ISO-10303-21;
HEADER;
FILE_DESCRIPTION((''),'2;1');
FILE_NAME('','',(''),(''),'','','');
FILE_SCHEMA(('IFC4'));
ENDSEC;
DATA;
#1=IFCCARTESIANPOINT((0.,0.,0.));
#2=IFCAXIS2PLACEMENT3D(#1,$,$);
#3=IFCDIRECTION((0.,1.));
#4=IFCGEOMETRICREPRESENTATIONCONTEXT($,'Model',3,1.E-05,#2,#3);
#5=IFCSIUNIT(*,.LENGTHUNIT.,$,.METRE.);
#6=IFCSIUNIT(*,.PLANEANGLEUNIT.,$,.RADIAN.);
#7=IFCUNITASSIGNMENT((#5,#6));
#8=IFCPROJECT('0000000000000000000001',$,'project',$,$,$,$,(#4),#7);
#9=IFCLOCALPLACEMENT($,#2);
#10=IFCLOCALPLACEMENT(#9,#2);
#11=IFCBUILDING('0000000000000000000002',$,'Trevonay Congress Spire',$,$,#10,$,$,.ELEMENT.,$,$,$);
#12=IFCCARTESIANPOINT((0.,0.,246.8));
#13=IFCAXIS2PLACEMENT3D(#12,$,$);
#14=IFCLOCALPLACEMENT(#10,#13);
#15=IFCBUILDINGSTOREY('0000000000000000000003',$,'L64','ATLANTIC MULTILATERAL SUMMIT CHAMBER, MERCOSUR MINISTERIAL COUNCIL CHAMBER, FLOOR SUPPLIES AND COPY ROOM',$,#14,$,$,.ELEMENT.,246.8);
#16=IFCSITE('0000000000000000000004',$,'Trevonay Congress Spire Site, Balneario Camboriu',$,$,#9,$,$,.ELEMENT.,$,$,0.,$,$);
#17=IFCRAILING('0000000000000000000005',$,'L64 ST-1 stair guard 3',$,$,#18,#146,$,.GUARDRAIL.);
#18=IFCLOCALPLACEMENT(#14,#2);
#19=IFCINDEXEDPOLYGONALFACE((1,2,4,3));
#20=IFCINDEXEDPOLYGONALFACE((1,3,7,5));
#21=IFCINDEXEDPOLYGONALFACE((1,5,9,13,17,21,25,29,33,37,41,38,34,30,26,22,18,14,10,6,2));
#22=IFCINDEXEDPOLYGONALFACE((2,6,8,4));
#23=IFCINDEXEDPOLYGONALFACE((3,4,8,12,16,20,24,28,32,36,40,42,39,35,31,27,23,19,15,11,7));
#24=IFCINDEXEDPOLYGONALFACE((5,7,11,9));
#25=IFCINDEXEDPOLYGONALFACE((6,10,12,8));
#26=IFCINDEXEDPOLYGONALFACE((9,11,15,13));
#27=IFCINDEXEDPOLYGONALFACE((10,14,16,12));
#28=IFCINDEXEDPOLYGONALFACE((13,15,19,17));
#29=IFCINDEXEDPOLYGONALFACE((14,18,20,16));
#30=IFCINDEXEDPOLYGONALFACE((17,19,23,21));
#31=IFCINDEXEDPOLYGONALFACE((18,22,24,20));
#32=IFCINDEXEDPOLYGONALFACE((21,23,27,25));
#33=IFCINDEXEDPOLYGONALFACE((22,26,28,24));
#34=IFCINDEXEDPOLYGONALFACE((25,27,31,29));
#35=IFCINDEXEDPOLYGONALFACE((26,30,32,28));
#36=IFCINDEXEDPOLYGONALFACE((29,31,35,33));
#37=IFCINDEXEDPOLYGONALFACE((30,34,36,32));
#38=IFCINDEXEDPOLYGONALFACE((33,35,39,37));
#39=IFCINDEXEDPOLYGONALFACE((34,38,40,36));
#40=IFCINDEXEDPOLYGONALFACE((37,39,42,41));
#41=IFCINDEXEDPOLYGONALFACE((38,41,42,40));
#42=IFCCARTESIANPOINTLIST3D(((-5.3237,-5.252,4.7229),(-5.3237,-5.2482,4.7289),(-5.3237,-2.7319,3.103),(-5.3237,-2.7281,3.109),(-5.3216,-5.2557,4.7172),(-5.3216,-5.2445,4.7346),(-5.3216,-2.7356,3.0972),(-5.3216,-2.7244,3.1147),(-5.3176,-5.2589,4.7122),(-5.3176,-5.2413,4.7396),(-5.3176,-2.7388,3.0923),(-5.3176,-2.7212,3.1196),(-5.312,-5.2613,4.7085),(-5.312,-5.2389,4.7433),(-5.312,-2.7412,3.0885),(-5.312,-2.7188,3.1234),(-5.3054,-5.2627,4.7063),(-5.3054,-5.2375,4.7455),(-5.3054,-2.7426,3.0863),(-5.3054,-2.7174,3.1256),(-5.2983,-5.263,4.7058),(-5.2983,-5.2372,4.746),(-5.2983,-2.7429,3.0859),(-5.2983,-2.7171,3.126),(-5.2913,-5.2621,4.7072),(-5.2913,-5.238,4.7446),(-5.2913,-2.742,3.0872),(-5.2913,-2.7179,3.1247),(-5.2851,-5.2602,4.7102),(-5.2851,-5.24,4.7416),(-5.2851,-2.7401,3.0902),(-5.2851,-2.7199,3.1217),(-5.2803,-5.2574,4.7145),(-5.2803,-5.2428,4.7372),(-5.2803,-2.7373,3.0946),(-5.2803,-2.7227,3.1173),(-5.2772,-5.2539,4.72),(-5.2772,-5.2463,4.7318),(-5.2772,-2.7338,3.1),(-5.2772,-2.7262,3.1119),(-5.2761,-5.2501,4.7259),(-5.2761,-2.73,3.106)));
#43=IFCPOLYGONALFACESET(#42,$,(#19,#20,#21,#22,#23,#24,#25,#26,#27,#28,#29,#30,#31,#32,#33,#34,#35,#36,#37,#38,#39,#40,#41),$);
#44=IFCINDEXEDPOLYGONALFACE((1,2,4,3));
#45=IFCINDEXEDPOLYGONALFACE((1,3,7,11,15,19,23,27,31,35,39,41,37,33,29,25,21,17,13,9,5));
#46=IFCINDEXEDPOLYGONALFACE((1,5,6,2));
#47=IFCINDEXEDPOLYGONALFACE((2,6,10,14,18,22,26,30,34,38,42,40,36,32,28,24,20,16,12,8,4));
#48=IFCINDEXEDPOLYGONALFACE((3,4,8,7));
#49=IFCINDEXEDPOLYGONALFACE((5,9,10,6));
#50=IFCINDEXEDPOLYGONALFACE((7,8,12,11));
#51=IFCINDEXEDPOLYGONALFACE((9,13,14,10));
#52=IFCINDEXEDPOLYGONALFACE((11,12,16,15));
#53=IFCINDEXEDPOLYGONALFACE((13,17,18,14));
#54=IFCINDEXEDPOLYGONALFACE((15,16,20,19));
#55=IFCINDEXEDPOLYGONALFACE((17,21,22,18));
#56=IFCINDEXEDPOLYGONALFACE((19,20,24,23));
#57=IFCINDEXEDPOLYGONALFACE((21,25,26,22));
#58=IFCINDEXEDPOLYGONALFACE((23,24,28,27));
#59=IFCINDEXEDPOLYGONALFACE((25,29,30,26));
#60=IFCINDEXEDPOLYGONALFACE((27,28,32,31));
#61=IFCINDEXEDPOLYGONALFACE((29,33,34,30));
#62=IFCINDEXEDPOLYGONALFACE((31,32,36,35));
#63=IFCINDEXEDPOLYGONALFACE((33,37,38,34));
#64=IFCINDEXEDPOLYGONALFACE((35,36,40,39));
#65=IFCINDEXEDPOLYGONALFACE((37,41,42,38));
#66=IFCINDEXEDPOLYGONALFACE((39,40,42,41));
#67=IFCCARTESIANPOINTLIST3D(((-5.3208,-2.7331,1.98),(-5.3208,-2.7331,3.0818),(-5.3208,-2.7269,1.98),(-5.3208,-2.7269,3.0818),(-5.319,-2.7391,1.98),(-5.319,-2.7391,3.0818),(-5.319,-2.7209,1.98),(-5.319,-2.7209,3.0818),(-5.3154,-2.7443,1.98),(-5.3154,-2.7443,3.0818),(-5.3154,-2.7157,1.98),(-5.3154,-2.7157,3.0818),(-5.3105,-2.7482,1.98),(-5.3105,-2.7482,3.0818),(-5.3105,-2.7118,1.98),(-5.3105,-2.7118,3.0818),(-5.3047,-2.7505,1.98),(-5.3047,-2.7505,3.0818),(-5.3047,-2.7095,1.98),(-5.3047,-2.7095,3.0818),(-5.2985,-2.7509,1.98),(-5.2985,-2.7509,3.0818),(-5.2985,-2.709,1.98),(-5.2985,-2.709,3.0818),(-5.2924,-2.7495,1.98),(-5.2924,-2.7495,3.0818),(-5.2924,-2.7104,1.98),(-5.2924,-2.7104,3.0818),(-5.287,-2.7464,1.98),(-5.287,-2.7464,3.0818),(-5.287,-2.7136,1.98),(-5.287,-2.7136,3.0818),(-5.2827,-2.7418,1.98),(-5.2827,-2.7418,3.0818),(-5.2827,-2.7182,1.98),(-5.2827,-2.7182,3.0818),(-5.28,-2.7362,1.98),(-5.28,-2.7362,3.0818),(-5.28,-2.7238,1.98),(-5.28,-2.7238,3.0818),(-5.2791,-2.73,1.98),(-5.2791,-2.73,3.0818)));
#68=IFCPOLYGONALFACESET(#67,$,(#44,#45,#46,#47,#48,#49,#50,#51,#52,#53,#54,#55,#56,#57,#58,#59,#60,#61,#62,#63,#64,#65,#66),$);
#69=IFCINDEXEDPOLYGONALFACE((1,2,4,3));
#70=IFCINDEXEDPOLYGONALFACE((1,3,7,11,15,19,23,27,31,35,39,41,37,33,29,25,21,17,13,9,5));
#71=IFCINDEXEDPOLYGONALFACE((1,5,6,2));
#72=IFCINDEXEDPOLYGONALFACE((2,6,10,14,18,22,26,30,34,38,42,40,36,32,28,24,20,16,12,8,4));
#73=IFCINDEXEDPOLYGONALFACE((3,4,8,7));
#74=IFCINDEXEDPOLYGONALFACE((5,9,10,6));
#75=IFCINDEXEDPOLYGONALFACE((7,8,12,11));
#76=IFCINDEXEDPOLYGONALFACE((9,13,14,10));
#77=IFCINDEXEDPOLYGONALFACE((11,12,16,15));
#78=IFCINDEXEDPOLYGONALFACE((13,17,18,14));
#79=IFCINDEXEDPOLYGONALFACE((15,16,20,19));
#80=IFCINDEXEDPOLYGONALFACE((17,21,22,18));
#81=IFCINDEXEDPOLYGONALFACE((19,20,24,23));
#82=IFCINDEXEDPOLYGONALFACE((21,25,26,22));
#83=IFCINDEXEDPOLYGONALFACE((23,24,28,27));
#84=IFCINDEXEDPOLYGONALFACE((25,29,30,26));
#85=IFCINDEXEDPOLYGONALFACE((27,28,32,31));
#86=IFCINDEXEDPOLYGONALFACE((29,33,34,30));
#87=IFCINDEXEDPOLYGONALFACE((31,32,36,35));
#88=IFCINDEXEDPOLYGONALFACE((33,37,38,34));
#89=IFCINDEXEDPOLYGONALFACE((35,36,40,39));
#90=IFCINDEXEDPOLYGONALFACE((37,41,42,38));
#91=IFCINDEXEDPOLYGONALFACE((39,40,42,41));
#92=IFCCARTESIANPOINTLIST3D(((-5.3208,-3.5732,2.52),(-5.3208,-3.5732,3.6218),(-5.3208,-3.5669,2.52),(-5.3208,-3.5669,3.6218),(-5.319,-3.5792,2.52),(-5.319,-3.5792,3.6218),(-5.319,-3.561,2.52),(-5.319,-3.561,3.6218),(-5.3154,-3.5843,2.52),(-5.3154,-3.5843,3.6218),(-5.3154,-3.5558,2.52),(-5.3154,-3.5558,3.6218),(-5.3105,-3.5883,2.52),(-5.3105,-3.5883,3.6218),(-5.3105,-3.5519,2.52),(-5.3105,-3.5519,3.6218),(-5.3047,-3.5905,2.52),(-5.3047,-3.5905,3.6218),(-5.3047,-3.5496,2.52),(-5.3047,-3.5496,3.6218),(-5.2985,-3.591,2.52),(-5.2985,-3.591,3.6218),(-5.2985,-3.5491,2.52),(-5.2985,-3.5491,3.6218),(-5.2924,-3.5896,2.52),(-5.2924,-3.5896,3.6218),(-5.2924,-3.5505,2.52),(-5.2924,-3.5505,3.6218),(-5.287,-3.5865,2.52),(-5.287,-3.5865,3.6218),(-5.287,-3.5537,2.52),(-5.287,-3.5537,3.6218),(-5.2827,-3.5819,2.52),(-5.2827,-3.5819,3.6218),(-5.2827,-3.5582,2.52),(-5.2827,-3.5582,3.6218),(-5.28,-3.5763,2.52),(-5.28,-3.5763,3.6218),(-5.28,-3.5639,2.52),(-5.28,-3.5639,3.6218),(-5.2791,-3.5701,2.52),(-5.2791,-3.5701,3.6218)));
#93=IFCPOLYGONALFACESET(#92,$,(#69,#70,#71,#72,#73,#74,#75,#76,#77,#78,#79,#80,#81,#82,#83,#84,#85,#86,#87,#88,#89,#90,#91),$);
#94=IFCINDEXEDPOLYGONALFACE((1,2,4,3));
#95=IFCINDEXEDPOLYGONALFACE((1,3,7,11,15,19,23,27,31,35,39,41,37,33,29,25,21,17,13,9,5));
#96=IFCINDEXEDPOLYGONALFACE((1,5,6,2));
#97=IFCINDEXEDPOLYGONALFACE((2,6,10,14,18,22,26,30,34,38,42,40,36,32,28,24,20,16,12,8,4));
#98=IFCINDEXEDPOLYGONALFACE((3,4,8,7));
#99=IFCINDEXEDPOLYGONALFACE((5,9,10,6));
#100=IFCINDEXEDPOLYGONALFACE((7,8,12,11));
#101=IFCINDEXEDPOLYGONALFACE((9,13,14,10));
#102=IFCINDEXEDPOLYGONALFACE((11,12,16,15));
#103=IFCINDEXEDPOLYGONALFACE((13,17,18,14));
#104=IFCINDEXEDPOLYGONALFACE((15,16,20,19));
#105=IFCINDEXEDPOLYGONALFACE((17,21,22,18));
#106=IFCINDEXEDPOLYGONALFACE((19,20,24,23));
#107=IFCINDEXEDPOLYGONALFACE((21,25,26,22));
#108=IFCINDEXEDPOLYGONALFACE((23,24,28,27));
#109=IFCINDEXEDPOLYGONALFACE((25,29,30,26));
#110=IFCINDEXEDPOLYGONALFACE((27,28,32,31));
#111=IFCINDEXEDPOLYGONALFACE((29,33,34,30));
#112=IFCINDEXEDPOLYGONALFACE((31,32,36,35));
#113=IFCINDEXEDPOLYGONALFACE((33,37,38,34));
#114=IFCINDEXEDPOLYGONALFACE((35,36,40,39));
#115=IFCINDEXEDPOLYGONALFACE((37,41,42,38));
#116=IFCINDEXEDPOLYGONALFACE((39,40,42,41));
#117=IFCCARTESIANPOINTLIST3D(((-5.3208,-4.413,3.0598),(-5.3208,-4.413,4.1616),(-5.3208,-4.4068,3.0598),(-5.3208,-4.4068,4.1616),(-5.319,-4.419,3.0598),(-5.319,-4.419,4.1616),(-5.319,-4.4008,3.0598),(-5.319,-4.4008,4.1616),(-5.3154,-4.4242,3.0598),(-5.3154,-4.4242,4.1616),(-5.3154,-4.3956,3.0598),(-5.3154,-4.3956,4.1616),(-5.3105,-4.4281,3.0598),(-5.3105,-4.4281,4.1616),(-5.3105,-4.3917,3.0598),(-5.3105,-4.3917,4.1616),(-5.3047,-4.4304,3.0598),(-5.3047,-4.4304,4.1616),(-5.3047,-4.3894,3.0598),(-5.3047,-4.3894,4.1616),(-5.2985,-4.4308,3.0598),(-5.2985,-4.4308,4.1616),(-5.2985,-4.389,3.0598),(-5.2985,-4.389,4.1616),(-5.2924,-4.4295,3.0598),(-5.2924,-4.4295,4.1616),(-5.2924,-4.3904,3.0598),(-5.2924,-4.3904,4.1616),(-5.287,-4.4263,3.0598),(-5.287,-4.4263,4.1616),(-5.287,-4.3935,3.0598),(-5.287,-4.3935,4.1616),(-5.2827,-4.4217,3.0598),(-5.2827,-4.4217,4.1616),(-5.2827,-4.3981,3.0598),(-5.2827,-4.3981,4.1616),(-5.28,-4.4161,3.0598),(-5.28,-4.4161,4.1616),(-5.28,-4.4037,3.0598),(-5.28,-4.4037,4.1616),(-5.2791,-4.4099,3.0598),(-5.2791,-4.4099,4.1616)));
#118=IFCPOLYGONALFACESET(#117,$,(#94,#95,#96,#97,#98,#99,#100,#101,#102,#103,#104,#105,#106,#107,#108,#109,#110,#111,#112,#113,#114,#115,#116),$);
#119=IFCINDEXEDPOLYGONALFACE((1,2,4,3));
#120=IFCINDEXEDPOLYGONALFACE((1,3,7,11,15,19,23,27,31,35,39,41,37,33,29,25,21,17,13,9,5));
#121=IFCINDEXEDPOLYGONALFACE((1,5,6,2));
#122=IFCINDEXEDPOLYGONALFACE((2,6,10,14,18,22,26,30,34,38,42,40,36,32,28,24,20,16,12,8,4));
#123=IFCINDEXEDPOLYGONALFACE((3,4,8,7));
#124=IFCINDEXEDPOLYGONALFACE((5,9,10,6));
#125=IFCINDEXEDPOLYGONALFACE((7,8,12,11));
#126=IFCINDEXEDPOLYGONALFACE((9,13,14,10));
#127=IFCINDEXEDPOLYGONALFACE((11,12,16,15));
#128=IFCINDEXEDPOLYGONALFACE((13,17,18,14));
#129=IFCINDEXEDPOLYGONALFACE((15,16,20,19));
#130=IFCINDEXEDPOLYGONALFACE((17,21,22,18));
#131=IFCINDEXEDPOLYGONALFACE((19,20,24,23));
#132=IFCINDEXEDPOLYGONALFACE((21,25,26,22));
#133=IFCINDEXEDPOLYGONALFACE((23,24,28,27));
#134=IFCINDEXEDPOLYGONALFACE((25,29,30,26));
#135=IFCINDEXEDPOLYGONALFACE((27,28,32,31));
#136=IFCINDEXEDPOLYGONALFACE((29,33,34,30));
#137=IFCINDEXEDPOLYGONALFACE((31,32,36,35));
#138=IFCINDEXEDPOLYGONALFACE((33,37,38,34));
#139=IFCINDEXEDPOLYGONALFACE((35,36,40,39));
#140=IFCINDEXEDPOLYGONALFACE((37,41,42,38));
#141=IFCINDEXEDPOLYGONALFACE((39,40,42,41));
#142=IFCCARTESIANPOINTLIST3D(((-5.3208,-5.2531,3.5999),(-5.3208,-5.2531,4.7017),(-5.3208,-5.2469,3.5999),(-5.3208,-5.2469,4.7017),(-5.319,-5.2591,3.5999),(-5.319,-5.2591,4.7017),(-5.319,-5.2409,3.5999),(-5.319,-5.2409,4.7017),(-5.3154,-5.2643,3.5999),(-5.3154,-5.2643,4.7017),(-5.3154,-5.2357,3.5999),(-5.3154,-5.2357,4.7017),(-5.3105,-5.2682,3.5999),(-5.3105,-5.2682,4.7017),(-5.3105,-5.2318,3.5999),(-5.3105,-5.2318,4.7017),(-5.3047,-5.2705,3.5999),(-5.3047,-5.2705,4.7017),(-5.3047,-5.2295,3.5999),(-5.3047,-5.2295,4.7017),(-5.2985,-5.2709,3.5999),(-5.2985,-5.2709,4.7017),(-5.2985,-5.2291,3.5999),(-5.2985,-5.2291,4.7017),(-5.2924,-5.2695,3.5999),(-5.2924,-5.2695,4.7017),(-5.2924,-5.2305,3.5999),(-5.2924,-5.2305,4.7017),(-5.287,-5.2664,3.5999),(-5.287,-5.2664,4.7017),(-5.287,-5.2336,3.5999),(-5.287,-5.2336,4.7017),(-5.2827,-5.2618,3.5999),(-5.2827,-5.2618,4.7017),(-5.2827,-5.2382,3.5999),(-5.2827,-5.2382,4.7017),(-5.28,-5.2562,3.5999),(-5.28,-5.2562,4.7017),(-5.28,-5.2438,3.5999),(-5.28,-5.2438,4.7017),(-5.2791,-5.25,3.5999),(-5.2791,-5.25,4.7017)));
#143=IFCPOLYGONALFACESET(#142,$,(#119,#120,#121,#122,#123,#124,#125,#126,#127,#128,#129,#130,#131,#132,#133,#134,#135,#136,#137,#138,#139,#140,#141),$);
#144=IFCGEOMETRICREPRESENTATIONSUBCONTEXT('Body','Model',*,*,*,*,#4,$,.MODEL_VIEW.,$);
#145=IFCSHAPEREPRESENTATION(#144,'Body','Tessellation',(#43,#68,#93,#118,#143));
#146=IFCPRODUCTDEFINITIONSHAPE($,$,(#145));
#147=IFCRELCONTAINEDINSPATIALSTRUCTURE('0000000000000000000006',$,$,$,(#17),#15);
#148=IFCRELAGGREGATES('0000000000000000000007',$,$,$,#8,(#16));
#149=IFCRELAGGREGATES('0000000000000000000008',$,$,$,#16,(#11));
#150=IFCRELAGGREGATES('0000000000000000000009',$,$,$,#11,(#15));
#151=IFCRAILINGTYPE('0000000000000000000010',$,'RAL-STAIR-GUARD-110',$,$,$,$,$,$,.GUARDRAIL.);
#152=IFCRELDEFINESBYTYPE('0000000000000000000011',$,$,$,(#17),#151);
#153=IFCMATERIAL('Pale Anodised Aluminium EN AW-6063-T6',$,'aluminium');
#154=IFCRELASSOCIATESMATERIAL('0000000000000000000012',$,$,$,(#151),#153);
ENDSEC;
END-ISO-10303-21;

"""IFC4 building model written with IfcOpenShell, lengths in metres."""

from ifc_helpers import new_model, si_unit, direction, frame, origin, origin_2d, place, context, subcontext, project, spatial, circle, extrude, material, type_object, element, save


model = new_model("IFC4")

# Units and contexts
model_context = context("Model", 3, precision=1e-05, world=origin(), true_north=direction((0.0, 1.0)))
body_context = subcontext(model_context, "Body", "Model", "MODEL_VIEW")
ifc_project = project(units=[si_unit("LENGTHUNIT", "METRE"), si_unit("PLANEANGLEUNIT", "RADIAN")], contexts=[model_context])

# Site, building, storey
site_placement = place(None, origin())
site = spatial("IfcSite", under=ifc_project, at=site_placement, Name="Trevonay Congress Spire Site, Balneario Camboriu", CompositionType="ELEMENT", RefElevation=0.0)
building_placement = place(site_placement, origin())
building = spatial("IfcBuilding", under=site, at=building_placement, Name="Trevonay Congress Spire", CompositionType="ELEMENT")
storey_placement = place(building_placement, frame((0.0, 0.0, 246.8)))
storey = spatial("IfcBuildingStorey", under=building, at=storey_placement, Name="L64", Description="ATLANTIC MULTILATERAL SUMMIT CHAMBER, MERCOSUR MINISTERIAL COUNCIL CHAMBER, FLOOR SUPPLIES AND COPY ROOM", CompositionType="ELEMENT", Elevation=246.8)

# Railing
ifc_material_1 = material(Name="Pale Anodised Aluminium EN AW-6063-T6", Category="aluminium")
railing_type_1 = type_object("IfcRailingType", Name="RAL-STAIR-GUARD-110", PredefinedType="GUARDRAIL", material=ifc_material_1)
railing_1_placement = place(storey_placement, frame((-5.3, -2.73, 1.98)))
element("IfcRailing", 1, at=railing_1_placement, inside=storey, type_object=railing_type_1, Name="L64 ST-1 stair guard 3", PredefinedType="GUARDRAIL", context=body_context, shape_type="SweptSolid", body=[
    extrude(circle(Radius=0.0239, at=origin_2d()), frame((0.0, 0.0, 1.126), z_axis=(0.0, -0.8412, 0.540725), x_axis=(1.0, 0.0, 0.0)), (0.0, 0.0, 1.0), 2.9958),
    extrude(circle(Radius=0.021, at=origin_2d()), origin(), (0.0, 0.0, 1.0), 1.1018),
    extrude(circle(Radius=0.021, at=origin_2d()), frame((0.0, -0.8401, 0.54)), (0.0, 0.0, 1.0), 1.1018),
    extrude(circle(Radius=0.021, at=origin_2d()), frame((0.0, -1.6799, 1.0798)), (0.0, 0.0, 1.0), 1.1018),
    extrude(circle(Radius=0.021, at=origin_2d()), frame((0.0, -2.52, 1.6199)), (0.0, 0.0, 1.0), 1.1018),
])

save(model, "model.ifc")
